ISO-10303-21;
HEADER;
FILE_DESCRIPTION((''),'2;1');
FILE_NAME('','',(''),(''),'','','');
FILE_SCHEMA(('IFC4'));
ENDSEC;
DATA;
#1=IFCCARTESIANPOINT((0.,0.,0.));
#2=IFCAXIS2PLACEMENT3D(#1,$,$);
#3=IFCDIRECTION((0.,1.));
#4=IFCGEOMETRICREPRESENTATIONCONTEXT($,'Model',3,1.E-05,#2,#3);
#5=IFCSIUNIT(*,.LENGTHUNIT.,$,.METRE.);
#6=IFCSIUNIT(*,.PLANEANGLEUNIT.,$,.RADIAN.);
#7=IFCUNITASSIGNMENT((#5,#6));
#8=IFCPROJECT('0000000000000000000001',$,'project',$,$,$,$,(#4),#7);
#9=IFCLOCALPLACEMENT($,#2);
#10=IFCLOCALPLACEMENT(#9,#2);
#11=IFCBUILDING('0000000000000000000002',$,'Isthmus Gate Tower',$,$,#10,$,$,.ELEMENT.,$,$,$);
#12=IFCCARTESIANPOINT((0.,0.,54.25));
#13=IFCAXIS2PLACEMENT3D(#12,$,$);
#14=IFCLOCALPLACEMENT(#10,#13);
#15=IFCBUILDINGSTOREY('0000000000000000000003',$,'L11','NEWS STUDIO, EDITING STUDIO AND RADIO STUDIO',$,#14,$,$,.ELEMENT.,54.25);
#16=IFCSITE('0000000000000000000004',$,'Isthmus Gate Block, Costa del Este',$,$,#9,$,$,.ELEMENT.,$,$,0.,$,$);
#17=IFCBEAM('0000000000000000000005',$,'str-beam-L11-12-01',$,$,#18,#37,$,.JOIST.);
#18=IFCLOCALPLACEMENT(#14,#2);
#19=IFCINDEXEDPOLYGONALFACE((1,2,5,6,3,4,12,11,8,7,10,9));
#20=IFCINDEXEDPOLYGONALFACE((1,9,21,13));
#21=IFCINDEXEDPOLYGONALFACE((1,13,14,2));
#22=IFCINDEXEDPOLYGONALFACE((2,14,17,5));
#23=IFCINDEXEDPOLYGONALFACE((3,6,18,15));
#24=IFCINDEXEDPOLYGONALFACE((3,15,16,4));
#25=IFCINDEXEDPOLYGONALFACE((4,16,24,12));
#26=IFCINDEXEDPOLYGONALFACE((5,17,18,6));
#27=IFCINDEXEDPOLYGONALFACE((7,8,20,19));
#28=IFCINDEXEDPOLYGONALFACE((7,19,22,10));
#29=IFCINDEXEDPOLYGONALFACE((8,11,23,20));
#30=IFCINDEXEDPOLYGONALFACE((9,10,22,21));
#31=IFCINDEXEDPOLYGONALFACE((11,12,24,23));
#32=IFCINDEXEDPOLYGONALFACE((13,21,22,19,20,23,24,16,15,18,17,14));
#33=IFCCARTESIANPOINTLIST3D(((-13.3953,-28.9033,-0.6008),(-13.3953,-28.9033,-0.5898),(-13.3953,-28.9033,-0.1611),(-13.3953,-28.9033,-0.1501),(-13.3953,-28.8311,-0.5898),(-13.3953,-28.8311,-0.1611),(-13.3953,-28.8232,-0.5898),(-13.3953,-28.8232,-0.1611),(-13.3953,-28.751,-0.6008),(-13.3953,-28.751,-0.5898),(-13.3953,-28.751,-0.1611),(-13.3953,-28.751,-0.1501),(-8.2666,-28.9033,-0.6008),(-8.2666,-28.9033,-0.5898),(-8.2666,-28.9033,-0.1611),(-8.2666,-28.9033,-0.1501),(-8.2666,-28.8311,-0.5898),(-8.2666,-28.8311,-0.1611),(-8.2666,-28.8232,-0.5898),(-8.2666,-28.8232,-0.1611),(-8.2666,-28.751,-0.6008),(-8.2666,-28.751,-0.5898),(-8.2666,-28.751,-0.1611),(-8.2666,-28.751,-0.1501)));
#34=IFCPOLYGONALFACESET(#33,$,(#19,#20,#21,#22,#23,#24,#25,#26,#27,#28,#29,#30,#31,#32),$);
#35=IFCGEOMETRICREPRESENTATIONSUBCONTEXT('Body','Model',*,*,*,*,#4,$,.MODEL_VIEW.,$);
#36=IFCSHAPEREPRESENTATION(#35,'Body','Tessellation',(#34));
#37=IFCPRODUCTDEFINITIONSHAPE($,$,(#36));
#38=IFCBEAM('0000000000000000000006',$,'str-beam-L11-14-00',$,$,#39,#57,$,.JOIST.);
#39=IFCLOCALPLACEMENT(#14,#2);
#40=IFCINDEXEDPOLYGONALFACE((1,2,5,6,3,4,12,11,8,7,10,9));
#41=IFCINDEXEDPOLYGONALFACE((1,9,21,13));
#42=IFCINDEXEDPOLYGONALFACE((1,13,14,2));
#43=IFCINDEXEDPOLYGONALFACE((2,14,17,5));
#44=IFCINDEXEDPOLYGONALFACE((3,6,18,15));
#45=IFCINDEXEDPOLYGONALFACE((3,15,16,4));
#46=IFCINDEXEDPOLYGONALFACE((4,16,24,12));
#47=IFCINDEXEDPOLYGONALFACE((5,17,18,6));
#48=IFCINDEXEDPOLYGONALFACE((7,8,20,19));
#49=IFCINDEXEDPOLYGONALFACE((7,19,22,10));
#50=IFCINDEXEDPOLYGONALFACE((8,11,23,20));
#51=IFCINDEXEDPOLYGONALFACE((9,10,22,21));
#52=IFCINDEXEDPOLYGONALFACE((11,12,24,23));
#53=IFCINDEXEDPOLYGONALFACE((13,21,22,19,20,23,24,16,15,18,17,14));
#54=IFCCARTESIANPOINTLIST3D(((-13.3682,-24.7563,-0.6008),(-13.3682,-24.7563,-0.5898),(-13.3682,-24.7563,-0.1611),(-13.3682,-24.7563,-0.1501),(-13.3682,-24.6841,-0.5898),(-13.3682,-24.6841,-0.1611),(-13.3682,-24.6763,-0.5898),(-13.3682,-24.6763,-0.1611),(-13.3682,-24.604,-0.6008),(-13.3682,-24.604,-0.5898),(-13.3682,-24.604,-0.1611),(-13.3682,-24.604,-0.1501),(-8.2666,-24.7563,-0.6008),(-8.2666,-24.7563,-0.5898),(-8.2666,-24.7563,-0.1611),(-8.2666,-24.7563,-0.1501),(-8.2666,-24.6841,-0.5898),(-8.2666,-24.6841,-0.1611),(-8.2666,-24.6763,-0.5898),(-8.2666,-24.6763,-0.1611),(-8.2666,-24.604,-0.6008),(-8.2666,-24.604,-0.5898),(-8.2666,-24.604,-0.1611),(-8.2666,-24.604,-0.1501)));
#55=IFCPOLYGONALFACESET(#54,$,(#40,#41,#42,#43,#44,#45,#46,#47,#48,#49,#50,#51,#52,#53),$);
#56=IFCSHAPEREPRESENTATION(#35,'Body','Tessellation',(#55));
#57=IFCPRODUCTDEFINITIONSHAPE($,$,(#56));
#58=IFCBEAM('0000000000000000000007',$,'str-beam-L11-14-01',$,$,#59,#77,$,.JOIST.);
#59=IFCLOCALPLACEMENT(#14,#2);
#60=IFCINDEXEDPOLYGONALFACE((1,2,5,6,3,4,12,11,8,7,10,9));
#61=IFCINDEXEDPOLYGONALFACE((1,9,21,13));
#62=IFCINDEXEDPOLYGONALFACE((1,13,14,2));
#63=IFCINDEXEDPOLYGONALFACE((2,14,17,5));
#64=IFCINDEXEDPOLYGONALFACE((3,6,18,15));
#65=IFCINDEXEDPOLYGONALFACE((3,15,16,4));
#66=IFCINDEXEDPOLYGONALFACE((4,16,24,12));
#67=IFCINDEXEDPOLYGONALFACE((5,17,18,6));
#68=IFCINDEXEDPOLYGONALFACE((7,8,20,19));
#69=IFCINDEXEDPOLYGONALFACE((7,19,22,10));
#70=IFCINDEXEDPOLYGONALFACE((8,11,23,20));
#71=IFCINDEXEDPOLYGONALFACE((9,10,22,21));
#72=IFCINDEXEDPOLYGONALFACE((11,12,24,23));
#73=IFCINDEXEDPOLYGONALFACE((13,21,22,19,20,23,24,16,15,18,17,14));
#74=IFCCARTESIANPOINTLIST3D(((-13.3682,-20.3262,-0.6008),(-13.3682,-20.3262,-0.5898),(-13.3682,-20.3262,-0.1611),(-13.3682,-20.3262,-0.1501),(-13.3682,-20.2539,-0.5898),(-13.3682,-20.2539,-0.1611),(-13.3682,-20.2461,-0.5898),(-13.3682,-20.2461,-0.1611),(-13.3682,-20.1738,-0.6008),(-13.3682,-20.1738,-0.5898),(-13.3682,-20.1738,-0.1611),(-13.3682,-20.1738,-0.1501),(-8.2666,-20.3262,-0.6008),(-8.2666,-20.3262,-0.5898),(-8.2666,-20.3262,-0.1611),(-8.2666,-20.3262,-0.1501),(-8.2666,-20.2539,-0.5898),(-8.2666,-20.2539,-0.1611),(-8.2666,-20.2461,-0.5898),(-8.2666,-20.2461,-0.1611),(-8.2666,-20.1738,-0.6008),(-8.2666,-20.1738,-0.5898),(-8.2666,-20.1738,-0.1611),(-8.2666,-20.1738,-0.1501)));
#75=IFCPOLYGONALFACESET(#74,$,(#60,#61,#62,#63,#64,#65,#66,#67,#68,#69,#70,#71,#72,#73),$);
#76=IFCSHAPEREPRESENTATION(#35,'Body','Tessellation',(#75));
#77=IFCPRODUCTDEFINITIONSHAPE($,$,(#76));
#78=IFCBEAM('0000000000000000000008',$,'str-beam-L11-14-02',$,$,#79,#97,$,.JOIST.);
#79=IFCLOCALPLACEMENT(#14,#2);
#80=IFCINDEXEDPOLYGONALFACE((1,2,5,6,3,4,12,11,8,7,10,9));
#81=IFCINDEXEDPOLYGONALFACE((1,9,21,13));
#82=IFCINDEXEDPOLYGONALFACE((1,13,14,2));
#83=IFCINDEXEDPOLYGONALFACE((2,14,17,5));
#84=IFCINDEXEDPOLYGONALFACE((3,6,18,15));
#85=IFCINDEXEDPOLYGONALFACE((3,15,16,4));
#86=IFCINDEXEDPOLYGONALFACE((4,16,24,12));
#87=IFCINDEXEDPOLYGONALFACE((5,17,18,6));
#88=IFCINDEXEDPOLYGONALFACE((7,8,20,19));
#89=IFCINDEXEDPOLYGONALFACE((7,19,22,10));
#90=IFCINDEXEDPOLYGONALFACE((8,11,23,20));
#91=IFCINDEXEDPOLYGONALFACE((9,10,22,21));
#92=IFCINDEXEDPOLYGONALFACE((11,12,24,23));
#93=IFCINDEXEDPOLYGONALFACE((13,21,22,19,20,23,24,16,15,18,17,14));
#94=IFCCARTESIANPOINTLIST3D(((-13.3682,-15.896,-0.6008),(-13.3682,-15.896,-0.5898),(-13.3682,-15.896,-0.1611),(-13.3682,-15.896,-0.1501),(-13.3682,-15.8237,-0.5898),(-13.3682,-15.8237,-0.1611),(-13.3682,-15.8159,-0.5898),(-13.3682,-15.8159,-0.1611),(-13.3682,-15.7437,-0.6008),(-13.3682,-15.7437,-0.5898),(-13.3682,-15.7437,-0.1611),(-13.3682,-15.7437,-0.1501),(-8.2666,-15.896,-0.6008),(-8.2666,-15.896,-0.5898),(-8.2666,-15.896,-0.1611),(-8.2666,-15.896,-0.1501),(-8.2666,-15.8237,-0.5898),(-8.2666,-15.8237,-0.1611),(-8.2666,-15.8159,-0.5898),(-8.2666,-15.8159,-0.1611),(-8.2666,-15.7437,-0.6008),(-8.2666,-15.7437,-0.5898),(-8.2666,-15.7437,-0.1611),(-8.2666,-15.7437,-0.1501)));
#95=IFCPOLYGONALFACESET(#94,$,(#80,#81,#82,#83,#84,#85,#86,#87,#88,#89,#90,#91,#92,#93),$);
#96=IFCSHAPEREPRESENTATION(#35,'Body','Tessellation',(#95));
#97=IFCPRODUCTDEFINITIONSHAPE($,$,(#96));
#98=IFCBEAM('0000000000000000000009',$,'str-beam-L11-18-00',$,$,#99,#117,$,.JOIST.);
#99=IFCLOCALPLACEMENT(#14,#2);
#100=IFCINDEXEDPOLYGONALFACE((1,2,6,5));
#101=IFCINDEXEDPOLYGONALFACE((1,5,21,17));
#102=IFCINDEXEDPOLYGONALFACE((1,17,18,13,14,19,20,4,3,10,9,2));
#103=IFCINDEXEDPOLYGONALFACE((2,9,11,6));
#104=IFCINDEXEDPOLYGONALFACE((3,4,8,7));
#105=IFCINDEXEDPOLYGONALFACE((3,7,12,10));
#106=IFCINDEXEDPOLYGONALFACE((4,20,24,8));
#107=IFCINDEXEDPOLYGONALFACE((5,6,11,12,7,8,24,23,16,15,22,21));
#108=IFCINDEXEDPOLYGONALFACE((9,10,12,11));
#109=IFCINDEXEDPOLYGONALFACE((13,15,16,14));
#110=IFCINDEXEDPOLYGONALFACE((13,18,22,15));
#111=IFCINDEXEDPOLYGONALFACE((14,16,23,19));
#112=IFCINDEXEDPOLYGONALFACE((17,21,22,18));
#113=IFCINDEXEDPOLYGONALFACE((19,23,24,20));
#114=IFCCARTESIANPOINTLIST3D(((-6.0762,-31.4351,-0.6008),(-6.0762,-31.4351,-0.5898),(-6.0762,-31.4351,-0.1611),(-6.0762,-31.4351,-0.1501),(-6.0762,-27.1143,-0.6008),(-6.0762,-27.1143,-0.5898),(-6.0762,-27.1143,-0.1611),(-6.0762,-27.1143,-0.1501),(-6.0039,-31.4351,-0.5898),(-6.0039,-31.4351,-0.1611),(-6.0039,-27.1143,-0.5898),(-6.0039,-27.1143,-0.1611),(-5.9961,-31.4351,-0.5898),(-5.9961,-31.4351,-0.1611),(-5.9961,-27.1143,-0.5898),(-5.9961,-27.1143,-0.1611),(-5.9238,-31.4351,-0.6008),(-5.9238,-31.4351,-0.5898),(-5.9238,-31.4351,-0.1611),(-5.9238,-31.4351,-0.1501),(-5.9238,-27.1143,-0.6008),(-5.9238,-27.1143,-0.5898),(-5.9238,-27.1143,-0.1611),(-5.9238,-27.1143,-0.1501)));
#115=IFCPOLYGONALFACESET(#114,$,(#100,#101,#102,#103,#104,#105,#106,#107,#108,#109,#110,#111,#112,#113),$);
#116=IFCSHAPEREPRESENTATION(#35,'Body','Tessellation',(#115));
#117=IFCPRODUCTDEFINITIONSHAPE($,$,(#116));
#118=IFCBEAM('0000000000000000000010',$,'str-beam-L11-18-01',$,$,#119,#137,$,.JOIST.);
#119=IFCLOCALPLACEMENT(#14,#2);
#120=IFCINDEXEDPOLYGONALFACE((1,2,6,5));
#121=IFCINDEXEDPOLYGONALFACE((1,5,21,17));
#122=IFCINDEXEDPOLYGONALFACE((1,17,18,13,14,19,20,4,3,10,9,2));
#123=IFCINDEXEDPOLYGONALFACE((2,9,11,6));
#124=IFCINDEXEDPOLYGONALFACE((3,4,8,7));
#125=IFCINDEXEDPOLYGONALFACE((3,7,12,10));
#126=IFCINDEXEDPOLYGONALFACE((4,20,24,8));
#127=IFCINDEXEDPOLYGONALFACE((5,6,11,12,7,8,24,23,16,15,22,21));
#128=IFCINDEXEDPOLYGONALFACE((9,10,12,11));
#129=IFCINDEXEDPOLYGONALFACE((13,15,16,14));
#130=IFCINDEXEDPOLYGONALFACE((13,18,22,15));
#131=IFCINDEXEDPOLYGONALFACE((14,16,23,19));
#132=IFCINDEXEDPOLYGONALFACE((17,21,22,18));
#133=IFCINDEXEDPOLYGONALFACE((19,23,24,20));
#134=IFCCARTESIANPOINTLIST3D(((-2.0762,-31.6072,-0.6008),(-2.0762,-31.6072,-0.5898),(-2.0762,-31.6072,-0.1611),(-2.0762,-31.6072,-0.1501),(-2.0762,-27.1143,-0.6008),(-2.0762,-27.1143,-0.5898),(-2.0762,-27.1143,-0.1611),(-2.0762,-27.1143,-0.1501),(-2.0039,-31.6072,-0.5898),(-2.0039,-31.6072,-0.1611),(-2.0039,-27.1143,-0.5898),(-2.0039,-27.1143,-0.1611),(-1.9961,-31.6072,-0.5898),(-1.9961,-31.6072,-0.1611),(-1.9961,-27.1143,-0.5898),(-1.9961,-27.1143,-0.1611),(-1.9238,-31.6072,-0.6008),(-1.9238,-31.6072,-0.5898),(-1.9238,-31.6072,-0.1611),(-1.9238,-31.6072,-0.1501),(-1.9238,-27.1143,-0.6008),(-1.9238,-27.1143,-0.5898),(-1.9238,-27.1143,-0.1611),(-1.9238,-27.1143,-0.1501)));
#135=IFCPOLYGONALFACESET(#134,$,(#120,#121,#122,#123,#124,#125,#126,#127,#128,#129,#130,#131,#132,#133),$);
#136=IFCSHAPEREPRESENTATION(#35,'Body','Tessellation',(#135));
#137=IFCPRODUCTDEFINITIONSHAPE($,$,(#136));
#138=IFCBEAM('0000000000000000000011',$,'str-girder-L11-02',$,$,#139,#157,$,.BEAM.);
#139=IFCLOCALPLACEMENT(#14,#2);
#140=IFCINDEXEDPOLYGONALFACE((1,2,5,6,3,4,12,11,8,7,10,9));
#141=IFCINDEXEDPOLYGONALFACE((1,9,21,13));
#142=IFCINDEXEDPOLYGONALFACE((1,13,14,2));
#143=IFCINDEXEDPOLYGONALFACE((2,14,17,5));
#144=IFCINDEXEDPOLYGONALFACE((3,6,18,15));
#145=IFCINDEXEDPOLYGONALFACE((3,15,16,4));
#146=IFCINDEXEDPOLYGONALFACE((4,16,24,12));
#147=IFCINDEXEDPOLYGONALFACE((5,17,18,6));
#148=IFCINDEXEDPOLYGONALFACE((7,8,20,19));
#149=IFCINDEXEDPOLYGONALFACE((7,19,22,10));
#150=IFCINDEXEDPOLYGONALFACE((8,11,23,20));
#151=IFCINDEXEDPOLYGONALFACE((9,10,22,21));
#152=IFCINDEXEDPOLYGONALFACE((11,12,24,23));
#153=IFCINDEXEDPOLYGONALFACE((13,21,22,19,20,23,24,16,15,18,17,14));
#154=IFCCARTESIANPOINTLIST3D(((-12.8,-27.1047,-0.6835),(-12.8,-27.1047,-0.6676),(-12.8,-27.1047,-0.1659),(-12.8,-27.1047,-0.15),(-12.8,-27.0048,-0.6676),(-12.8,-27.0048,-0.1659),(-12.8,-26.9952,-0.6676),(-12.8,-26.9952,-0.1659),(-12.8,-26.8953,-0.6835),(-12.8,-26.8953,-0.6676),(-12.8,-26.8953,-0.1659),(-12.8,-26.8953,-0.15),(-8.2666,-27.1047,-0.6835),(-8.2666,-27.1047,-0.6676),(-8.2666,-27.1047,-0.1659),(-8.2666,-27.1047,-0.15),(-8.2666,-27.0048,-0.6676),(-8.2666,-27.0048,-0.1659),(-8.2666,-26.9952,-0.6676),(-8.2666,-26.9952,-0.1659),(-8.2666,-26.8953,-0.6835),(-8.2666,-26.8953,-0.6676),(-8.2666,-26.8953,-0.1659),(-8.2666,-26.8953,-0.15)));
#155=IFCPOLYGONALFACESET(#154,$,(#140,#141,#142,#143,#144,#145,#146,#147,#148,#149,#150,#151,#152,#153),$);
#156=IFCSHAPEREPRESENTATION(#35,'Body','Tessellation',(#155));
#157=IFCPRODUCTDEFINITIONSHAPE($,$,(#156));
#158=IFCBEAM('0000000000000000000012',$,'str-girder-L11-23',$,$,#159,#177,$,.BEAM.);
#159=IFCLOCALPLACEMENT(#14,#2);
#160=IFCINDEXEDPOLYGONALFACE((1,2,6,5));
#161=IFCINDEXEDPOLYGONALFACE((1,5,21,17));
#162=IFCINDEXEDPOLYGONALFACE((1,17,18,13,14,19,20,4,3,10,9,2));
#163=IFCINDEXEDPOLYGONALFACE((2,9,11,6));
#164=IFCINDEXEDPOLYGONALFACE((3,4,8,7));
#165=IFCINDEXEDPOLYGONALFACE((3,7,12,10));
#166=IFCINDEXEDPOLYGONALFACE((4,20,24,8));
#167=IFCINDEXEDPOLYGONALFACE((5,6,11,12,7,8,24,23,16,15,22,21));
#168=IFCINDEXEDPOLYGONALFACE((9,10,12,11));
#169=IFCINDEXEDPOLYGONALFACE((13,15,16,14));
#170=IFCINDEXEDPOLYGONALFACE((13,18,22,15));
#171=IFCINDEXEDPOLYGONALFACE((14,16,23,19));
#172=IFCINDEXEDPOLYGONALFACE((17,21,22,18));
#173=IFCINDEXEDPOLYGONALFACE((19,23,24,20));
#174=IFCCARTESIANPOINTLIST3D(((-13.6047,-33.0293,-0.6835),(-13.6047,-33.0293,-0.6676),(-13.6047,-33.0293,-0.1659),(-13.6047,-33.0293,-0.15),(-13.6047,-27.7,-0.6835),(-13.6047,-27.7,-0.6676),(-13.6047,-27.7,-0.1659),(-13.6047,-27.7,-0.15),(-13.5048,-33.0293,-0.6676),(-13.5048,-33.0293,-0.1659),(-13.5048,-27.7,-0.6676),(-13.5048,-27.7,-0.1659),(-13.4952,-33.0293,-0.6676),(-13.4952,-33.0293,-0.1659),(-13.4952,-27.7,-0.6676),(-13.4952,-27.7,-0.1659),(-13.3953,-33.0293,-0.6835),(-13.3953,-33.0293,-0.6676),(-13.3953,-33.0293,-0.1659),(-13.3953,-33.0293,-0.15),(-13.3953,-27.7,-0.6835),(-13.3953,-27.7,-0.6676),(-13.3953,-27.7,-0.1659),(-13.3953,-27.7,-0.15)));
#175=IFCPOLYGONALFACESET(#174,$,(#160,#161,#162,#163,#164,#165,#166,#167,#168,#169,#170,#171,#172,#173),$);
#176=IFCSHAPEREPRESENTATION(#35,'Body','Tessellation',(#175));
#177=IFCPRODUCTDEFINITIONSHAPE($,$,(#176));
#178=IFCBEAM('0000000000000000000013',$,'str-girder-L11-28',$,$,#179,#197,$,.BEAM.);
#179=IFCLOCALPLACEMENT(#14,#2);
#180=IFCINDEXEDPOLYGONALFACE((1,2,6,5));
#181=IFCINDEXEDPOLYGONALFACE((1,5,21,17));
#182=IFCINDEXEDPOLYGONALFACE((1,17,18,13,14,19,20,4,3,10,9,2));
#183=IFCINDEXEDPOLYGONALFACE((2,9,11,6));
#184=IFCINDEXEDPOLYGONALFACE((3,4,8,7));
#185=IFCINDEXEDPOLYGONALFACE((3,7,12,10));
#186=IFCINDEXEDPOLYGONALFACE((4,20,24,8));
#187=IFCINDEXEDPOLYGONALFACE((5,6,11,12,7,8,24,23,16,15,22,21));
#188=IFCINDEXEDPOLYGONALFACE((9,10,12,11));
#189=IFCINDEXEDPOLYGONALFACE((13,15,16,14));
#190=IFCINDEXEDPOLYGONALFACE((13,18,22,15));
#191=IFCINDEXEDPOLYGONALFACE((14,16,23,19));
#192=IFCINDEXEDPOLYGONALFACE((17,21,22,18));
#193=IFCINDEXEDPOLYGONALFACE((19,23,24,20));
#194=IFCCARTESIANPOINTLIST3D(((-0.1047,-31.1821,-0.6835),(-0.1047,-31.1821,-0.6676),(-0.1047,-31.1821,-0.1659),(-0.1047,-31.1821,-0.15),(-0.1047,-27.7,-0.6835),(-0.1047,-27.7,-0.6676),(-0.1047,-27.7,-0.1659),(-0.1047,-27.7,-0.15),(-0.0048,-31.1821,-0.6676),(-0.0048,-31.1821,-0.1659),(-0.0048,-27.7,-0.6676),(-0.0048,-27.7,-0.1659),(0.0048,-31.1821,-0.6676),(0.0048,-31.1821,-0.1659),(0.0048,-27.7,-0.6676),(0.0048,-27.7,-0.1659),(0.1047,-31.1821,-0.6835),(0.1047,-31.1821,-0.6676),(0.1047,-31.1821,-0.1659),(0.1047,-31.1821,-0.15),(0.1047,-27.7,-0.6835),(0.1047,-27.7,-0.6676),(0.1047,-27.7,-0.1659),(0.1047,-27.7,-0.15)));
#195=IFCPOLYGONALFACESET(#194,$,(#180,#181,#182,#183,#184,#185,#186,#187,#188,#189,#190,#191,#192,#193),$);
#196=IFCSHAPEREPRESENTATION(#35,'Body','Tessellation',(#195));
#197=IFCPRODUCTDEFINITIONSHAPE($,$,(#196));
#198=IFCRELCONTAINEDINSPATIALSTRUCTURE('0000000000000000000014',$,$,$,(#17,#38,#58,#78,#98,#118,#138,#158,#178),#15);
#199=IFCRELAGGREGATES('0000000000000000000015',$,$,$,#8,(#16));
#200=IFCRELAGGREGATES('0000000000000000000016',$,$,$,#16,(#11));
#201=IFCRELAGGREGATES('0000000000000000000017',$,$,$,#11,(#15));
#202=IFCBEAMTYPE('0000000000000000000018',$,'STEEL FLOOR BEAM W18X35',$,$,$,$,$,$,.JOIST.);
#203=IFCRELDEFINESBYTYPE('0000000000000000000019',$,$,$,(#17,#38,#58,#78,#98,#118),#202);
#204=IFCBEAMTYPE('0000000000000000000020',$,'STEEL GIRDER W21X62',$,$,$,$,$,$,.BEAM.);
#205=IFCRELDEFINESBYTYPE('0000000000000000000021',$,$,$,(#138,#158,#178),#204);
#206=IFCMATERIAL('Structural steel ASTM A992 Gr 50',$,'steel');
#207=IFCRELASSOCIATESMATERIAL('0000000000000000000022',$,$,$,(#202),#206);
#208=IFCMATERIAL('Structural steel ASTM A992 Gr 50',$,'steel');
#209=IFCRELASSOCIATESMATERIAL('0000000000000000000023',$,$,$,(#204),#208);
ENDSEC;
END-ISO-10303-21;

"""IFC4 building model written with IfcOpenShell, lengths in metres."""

from ifc_helpers import new_model, si_unit, direction, frame, origin, origin_2d, place, context, subcontext, project, spatial, i_section, extrude, material, material_profile, profile_set, type_object, element, save


model = new_model("IFC4")

# Units and contexts
model_context = context("Model", 3, precision=1e-05, world=origin(), true_north=direction((0.0, 1.0)))
body_context = subcontext(model_context, "Body", "Model", "MODEL_VIEW")
ifc_project = project(units=[si_unit("LENGTHUNIT", "METRE"), si_unit("PLANEANGLEUNIT", "RADIAN")], contexts=[model_context])

# Site, building, storey
site_placement = place(None, origin())
site = spatial("IfcSite", under=ifc_project, at=site_placement, Name="Isthmus Gate Block, Costa del Este", CompositionType="ELEMENT", RefElevation=0.0)
building_placement = place(site_placement, origin())
building = spatial("IfcBuilding", under=site, at=building_placement, Name="Isthmus Gate Tower", CompositionType="ELEMENT")
storey_placement = place(building_placement, frame((0.0, 0.0, 54.25)))
storey = spatial("IfcBuildingStorey", under=building, at=storey_placement, Name="L11", Description="NEWS STUDIO, EDITING STUDIO AND RADIO STUDIO", CompositionType="ELEMENT", Elevation=54.25)

# Beams
ifc_material_1 = material(Name="Structural steel ASTM A992 Gr 50", Category="steel")
ifc_material_profile_1 = material_profile(ifc_material_1, i_section(OverallWidth=0.1523, OverallDepth=0.4507, WebThickness=0.0078, FlangeThickness=0.011, at=origin_2d()), Name="W18X35")
ifc_profile_set_1 = profile_set([ifc_material_profile_1], Name="Structural steel ASTM A992 Gr 50")
beam_type_1 = type_object("IfcBeamType", Name="STEEL FLOOR BEAM W18X35", PredefinedType="JOIST", material=ifc_profile_set_1)
for number, where, z_axis, x_axis, name in (
    (1, (-13.3953, -28.8271, -0.3755), (1.0, 0.0, 0.0), (0.0, 1.0, 0.0), "str-beam-L11-12-01"),
):
    element("IfcBeam", number, at=place(storey_placement, frame(where, z_axis=z_axis, x_axis=x_axis)), inside=storey, type_object=beam_type_1, Name=name, PredefinedType="JOIST", context=body_context, shape_type="SweptSolid", body=[
        extrude(i_section(OverallWidth=0.1523, OverallDepth=0.4507, WebThickness=0.0078, FlangeThickness=0.011, at=origin_2d()), origin(), (0.0, 0.0, 1.0), 5.1287),
    ])
for number, where, z_axis, x_axis, name in (
    (2, (-13.3682, -24.6802, -0.3755), (1.0, 0.0, 0.0), (0.0, 1.0, 0.0), "str-beam-L11-14-00"),
    (3, (-13.3682, -20.25, -0.3755), (1.0, 0.0, 0.0), (0.0, 1.0, 0.0), "str-beam-L11-14-01"),
    (4, (-13.3682, -15.8198, -0.3755), (1.0, 0.0, 0.0), (0.0, 1.0, 0.0), "str-beam-L11-14-02"),
):
    element("IfcBeam", number, at=place(storey_placement, frame(where, z_axis=z_axis, x_axis=x_axis)), inside=storey, type_object=beam_type_1, Name=name, PredefinedType="JOIST", context=body_context, shape_type="SweptSolid", body=[
        extrude(i_section(OverallWidth=0.1523, OverallDepth=0.4507, WebThickness=0.0078, FlangeThickness=0.011, at=origin_2d()), origin(), (0.0, 0.0, 1.0), 5.1016),
    ])
beam_1_placement = place(storey_placement, frame((-6.0, -31.4351, -0.3755), z_axis=(0.0, 1.0, 0.0), x_axis=(-1.0, 0.0, 0.0)))
element("IfcBeam", 5, at=beam_1_placement, inside=storey, type_object=beam_type_1, Name="str-beam-L11-18-00", PredefinedType="JOIST", context=body_context, shape_type="SweptSolid", body=[
    extrude(i_section(OverallWidth=0.1523, OverallDepth=0.4507, WebThickness=0.0078, FlangeThickness=0.011, at=origin_2d()), origin(), (0.0, 0.0, 1.0), 4.3208),
])
beam_2_placement = place(storey_placement, frame((-2.0, -31.6072, -0.3755), z_axis=(0.0, 1.0, 0.0), x_axis=(-1.0, 0.0, 0.0)))
element("IfcBeam", 6, at=beam_2_placement, inside=storey, type_object=beam_type_1, Name="str-beam-L11-18-01", PredefinedType="JOIST", context=body_context, shape_type="SweptSolid", body=[
    extrude(i_section(OverallWidth=0.1523, OverallDepth=0.4507, WebThickness=0.0078, FlangeThickness=0.011, at=origin_2d()), origin(), (0.0, 0.0, 1.0), 4.4929),
])
ifc_material_2 = material(Name="Structural steel ASTM A992 Gr 50", Category="steel")
ifc_material_profile_2 = material_profile(ifc_material_2, i_section(OverallWidth=0.2095, OverallDepth=0.5334, WebThickness=0.0095, FlangeThickness=0.0159, at=origin_2d()), Name="W21X62")
ifc_profile_set_2 = profile_set([ifc_material_profile_2], Name="Structural steel ASTM A992 Gr 50")
beam_type_2 = type_object("IfcBeamType", Name="STEEL GIRDER W21X62", PredefinedType="BEAM", material=ifc_profile_set_2)
beam_3_placement = place(storey_placement, frame((-12.8, -27.0, -0.4167), z_axis=(1.0, 0.0, 0.0), x_axis=(0.0, 1.0, 0.0)))
element("IfcBeam", 7, at=beam_3_placement, inside=storey, type_object=beam_type_2, Name="str-girder-L11-02", PredefinedType="BEAM", context=body_context, shape_type="SweptSolid", body=[
    extrude(i_section(OverallWidth=0.2095, OverallDepth=0.5334, WebThickness=0.0095, FlangeThickness=0.0159, at=origin_2d()), origin(), (0.0, 0.0, 1.0), 4.5334),
])
beam_4_placement = place(storey_placement, frame((-13.5, -33.0293, -0.4167), z_axis=(0.0, 1.0, 0.0), x_axis=(-1.0, 0.0, 0.0)))
element("IfcBeam", 8, at=beam_4_placement, inside=storey, type_object=beam_type_2, Name="str-girder-L11-23", PredefinedType="BEAM", context=body_context, shape_type="SweptSolid", body=[
    extrude(i_section(OverallWidth=0.2095, OverallDepth=0.5334, WebThickness=0.0095, FlangeThickness=0.0159, at=origin_2d()), origin(), (0.0, 0.0, 1.0), 5.3293),
])
beam_5_placement = place(storey_placement, frame((0.0, -31.1821, -0.4167), z_axis=(0.0, 1.0, 0.0), x_axis=(-1.0, 0.0, 0.0)))
element("IfcBeam", 9, at=beam_5_placement, inside=storey, type_object=beam_type_2, Name="str-girder-L11-28", PredefinedType="BEAM", context=body_context, shape_type="SweptSolid", body=[
    extrude(i_section(OverallWidth=0.2095, OverallDepth=0.5334, WebThickness=0.0095, FlangeThickness=0.0159, at=origin_2d()), origin(), (0.0, 0.0, 1.0), 3.4822),
])

save(model, "model.ifc")
